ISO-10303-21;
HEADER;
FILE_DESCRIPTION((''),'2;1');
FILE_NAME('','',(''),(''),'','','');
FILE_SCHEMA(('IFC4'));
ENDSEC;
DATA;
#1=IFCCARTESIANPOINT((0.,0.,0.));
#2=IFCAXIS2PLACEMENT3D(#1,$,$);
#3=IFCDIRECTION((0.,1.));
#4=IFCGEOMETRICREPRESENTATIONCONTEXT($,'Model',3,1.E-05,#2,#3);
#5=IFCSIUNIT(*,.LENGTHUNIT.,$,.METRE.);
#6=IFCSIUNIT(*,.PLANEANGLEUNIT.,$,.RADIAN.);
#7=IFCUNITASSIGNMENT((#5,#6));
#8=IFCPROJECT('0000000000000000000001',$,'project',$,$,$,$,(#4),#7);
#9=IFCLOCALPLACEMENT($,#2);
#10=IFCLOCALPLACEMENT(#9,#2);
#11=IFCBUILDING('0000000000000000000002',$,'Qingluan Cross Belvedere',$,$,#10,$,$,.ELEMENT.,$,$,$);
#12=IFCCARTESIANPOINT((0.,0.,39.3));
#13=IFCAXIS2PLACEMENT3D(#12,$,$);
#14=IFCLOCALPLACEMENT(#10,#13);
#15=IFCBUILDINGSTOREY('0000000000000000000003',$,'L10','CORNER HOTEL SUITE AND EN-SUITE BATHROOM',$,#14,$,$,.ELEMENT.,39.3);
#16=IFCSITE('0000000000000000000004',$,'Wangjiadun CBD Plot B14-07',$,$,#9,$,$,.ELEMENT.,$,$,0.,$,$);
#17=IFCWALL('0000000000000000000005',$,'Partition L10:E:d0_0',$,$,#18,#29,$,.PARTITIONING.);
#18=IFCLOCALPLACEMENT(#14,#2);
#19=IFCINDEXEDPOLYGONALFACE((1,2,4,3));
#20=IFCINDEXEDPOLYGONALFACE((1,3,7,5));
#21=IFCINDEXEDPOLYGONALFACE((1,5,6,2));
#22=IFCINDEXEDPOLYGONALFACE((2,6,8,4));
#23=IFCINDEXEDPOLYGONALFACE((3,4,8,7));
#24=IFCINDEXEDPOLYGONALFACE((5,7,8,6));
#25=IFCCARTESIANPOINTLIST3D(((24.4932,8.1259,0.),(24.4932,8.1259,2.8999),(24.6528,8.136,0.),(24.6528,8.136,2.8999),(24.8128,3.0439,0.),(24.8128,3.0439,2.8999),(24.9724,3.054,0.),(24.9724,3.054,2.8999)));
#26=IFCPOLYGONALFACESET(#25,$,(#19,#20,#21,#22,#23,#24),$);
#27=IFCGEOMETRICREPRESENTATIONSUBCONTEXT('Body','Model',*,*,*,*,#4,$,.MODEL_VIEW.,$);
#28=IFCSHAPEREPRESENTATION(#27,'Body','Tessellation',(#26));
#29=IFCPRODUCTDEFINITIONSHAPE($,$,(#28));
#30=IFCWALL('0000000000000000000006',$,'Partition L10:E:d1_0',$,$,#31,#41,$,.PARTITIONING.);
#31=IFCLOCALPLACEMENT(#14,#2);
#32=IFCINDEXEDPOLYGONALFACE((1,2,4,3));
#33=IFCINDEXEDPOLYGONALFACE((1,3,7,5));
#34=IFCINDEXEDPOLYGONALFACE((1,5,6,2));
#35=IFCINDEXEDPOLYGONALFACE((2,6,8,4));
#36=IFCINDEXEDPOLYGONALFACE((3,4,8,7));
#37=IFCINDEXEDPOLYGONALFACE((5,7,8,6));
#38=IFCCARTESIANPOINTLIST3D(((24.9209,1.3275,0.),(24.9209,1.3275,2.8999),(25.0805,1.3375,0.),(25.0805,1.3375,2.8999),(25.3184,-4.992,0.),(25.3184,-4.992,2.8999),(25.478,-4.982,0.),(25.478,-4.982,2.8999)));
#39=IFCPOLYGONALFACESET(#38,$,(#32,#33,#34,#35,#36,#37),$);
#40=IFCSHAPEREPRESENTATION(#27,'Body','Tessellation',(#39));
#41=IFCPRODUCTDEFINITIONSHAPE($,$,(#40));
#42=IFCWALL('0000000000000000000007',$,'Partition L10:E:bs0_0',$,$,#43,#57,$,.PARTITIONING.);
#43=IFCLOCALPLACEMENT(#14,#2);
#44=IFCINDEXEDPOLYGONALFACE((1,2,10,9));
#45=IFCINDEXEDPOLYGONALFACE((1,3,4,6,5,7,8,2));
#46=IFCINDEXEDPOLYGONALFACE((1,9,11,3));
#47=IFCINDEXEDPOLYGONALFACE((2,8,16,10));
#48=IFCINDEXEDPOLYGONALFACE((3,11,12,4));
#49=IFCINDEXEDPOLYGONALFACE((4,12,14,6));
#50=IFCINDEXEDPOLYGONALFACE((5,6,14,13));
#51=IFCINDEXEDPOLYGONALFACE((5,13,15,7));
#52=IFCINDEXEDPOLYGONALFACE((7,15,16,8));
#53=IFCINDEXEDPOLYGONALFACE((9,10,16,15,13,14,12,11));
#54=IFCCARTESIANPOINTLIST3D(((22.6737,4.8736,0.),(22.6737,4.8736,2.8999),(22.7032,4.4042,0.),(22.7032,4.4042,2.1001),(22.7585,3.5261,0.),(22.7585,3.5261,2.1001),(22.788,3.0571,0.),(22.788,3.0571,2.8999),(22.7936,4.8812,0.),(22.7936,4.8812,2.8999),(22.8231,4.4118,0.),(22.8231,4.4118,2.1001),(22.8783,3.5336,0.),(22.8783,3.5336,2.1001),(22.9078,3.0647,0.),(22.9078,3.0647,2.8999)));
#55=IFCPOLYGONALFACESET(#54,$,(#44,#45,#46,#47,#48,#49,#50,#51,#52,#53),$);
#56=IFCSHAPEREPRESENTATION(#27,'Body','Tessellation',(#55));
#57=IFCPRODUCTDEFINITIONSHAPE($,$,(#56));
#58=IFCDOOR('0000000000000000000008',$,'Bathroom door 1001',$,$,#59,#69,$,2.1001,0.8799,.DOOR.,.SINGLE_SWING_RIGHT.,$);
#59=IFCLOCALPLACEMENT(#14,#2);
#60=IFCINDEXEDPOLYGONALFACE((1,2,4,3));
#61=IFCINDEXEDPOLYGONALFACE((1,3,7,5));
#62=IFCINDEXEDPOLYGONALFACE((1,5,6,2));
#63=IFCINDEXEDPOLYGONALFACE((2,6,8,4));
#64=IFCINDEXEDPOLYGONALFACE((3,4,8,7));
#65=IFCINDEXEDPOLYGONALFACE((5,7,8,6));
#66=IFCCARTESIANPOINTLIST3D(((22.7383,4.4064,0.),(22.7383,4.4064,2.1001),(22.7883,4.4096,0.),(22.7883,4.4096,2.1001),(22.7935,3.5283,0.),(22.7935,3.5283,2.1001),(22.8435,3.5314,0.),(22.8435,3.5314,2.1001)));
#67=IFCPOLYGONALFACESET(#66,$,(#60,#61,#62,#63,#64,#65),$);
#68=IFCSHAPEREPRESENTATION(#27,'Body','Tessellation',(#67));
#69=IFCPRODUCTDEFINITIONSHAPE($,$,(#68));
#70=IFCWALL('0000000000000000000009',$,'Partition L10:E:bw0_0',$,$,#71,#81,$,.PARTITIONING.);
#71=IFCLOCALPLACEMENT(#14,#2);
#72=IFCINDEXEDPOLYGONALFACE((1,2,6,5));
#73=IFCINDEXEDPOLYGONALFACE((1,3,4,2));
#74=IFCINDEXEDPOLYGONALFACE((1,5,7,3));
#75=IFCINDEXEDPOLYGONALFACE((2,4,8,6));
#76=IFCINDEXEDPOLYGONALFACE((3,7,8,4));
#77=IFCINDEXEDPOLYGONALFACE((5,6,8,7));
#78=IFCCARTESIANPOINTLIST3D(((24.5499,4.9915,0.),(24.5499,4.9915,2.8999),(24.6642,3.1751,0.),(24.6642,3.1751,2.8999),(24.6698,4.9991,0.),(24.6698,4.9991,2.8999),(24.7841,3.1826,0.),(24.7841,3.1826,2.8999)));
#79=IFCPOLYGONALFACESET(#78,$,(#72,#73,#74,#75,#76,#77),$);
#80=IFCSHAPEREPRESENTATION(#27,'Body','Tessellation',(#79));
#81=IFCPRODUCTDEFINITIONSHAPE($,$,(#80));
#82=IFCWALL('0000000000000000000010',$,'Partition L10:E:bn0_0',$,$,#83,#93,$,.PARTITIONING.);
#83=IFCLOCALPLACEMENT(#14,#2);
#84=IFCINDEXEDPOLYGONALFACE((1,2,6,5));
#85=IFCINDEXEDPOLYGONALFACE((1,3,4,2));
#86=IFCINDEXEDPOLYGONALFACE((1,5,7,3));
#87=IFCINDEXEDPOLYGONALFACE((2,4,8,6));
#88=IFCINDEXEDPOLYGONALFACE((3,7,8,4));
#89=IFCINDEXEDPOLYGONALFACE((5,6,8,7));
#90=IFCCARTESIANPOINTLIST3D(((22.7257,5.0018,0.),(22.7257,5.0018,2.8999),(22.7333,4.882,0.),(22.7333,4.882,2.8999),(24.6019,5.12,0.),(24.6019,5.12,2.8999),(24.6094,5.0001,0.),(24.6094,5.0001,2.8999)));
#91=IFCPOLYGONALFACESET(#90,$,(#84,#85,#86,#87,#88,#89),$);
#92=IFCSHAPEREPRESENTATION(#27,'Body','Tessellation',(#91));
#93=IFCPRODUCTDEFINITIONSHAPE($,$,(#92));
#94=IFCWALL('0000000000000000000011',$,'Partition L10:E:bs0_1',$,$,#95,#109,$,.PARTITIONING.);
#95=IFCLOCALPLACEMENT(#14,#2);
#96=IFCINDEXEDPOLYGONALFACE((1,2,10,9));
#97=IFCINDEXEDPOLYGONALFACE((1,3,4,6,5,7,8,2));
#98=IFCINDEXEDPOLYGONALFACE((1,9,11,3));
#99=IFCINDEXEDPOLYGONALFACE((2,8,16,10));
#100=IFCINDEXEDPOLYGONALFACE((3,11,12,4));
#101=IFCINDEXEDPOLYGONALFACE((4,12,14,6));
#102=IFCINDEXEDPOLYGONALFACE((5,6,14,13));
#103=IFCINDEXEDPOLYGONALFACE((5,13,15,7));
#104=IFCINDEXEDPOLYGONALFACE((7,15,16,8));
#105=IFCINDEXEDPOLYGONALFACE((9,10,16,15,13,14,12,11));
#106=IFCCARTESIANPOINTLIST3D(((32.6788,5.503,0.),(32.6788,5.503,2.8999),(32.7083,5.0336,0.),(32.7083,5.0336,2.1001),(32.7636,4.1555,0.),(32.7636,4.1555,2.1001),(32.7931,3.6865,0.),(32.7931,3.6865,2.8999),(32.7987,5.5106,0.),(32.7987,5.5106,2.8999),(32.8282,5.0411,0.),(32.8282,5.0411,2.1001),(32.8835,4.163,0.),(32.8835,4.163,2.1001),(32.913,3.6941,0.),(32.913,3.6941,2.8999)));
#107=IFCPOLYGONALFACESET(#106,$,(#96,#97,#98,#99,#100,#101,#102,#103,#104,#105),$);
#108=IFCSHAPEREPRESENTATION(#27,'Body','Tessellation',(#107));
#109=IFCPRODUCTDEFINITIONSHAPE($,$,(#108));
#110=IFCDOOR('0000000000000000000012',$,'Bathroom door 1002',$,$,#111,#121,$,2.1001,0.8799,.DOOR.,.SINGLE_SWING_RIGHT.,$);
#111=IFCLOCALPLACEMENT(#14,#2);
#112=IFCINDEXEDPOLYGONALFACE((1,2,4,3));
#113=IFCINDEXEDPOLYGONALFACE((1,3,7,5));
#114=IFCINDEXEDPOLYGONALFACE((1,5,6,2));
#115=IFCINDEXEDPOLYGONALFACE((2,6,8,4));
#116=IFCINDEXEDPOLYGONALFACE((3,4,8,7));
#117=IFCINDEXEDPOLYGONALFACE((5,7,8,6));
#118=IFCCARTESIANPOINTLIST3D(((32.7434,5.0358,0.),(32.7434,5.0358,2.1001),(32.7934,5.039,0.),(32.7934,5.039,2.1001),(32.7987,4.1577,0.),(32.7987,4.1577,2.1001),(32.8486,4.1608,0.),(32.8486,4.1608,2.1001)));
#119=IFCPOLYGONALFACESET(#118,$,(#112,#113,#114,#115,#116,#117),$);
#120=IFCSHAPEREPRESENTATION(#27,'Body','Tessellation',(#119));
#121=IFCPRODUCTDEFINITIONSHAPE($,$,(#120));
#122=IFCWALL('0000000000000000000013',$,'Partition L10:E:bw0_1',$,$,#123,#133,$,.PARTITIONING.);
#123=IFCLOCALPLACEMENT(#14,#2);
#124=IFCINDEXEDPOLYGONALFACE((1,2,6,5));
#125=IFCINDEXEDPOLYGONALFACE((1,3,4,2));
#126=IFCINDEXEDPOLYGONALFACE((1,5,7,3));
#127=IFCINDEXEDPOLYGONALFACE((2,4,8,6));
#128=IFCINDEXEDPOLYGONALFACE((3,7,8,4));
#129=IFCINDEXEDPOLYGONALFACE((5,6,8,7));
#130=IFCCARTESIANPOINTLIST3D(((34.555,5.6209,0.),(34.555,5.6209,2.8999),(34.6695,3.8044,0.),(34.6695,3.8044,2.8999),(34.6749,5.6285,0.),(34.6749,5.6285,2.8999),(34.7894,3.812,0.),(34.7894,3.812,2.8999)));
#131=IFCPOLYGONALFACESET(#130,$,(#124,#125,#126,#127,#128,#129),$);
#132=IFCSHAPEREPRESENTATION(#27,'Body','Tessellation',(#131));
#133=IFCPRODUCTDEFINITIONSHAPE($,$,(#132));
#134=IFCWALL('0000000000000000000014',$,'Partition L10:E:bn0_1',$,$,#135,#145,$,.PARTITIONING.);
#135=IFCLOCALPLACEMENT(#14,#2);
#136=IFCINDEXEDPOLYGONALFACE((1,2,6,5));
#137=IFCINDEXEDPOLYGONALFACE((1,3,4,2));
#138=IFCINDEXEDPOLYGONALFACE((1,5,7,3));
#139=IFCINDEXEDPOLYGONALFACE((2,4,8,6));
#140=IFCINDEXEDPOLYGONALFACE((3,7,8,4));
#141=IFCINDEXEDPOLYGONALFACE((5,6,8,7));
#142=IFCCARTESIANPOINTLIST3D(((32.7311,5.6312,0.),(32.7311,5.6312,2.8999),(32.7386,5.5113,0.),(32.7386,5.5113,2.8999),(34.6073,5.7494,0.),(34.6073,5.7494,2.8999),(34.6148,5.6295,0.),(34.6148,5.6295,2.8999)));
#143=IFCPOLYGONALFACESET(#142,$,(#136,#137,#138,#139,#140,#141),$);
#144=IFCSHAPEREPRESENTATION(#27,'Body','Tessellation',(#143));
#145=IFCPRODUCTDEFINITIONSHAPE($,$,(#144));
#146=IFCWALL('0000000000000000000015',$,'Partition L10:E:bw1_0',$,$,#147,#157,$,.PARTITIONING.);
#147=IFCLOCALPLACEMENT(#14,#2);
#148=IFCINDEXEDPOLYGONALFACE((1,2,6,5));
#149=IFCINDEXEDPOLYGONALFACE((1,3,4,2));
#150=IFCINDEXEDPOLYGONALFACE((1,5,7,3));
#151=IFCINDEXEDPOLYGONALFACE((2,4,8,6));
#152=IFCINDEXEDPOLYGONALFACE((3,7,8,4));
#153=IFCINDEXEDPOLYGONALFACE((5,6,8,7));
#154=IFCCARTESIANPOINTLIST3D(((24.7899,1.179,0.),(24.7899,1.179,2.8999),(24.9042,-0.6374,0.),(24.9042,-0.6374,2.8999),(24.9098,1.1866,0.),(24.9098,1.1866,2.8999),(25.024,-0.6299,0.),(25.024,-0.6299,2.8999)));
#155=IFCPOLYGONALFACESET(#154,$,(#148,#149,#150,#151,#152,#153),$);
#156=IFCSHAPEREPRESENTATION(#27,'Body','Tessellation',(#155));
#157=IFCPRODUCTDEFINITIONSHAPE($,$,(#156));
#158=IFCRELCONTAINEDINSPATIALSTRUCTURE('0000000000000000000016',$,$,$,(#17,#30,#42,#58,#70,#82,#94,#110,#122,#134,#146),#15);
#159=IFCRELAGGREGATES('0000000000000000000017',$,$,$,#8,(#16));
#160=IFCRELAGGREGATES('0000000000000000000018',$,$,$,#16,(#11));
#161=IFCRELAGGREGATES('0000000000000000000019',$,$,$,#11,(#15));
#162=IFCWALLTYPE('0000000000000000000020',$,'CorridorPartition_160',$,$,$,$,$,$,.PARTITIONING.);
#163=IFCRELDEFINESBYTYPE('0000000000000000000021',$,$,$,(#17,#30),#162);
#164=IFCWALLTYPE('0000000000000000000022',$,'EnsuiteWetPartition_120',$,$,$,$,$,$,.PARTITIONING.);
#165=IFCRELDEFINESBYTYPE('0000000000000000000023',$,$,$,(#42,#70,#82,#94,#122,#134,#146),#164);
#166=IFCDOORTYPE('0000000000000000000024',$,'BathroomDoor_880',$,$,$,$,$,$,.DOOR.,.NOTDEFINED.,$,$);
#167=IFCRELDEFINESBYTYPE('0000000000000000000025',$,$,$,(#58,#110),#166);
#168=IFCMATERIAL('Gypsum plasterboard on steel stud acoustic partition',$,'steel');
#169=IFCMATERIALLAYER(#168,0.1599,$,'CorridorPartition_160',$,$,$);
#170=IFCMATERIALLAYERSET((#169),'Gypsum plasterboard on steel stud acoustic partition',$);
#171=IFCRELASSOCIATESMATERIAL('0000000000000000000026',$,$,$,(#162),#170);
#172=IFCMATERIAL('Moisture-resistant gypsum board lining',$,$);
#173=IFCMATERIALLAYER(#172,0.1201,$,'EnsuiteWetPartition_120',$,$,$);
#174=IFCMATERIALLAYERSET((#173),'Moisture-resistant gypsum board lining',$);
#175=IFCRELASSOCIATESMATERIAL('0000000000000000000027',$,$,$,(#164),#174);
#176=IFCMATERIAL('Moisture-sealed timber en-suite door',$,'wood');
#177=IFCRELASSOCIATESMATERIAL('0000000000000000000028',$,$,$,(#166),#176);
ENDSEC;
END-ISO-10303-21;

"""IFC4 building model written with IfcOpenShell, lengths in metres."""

from ifc_helpers import new_model, si_unit, direction, frame, frame_2d, origin, place, context, subcontext, project, spatial, rectangle, extrude, material, layer, layer_set, type_object, element, fill, save


model = new_model("IFC4")

# Units and contexts
model_context = context("Model", 3, precision=1e-05, world=origin(), true_north=direction((0.0, 1.0)))
body_context = subcontext(model_context, "Body", "Model", "MODEL_VIEW")
ifc_project = project(units=[si_unit("LENGTHUNIT", "METRE"), si_unit("PLANEANGLEUNIT", "RADIAN")], contexts=[model_context])

# Site, building, storey
site_placement = place(None, origin())
site = spatial("IfcSite", under=ifc_project, at=site_placement, Name="Wangjiadun CBD Plot B14-07", CompositionType="ELEMENT", RefElevation=0.0)
building_placement = place(site_placement, origin())
building = spatial("IfcBuilding", under=site, at=building_placement, Name="Qingluan Cross Belvedere", CompositionType="ELEMENT")
storey_placement = place(building_placement, frame((0.0, 0.0, 39.3)))
storey = spatial("IfcBuildingStorey", under=building, at=storey_placement, Name="L10", Description="CORNER HOTEL SUITE AND EN-SUITE BATHROOM", CompositionType="ELEMENT", Elevation=39.3)

# Walls
ifc_material_1 = material(Name="Gypsum plasterboard on steel stud acoustic partition", Category="steel")
ifc_layer_1 = layer(ifc_material_1, 0.1599, Name="CorridorPartition_160")
ifc_layer_set_1 = layer_set([ifc_layer_1], Name="Gypsum plasterboard on steel stud acoustic partition")
wall_type_1 = type_object("IfcWallType", Name="CorridorPartition_160", PredefinedType="PARTITIONING", material=ifc_layer_set_1)
wall_1_placement = place(storey_placement, frame((24.8926, 3.0491, 0.0), z_axis=(0.0, 0.0, 1.0), x_axis=(-0.06276, 0.998029, 0.0)))
element("IfcWall", 1, at=wall_1_placement, inside=storey, type_object=wall_type_1, Name="Partition L10:E:d0_0", PredefinedType="PARTITIONING", context=body_context, shape_type="SweptSolid", body=[
    extrude(rectangle(XDim=5.092, YDim=0.1599, at=frame_2d((2.5459, 0.0))), origin(), (0.0, 0.0, 1.0), 2.8999),
])
wall_2_placement = place(storey_placement, frame((25.0007, 1.3325, 0.0), z_axis=(0.0, 0.0, 1.0), x_axis=(0.06277, -0.998028, 0.0)))
element("IfcWall", 2, at=wall_2_placement, inside=storey, type_object=wall_type_1, Name="Partition L10:E:d1_0", PredefinedType="PARTITIONING", context=body_context, shape_type="SweptSolid", body=[
    extrude(rectangle(XDim=6.332, YDim=0.1599, at=frame_2d((3.166, 0.0))), origin(), (0.0, 0.0, 1.0), 2.8999),
])

# Wall, opening, door
ifc_material_2 = material(Name="Moisture-resistant gypsum board lining")
ifc_layer_2 = layer(ifc_material_2, 0.1201, Name="EnsuiteWetPartition_120")
ifc_layer_set_2 = layer_set([ifc_layer_2], Name="Moisture-resistant gypsum board lining")
wall_type_2 = type_object("IfcWallType", Name="EnsuiteWetPartition_120", PredefinedType="PARTITIONING", material=ifc_layer_set_2)
wall_3_placement = place(storey_placement, frame((22.8479, 3.0608, 0.0), z_axis=(0.0, 0.0, 1.0), x_axis=(-0.062779, 0.998027, 0.0)))
wall_3 = element("IfcWall", 3, at=wall_3_placement, inside=storey, type_object=wall_type_2, Name="Partition L10:E:bs0_0", PredefinedType="PARTITIONING", context=body_context, shape_type="SweptSolid", body=[
    extrude(rectangle(XDim=1.8201, YDim=0.1201, at=frame_2d((0.9102, 0.0))), origin(), (0.0, 0.0, 1.0), 2.8999),
])
opening_1_placement = place(wall_3_placement, frame((0.47, 0.0, 0.0)))
opening_1 = element("IfcOpeningElement", 4, at=opening_1_placement, cuts=wall_3, PredefinedType="OPENING", context=body_context, shape_type="SweptSolid", body=[
    extrude(rectangle(XDim=0.8799, YDim=2.1001, at=frame_2d((0.4399, 1.05))), frame((0.0, 0.0701, 0.0), z_axis=(0.0, -1.0, 0.0), x_axis=(1.0, 0.0, 0.0)), (0.0, 0.0, 1.0), 0.1401),
])
ifc_material_3 = material(Name="Moisture-sealed timber en-suite door", Category="wood")
door_type = type_object("IfcDoorType", Name="BathroomDoor_880", OperationType="NOTDEFINED", PredefinedType="DOOR", material=ifc_material_3)
door_1_placement = place(opening_1_placement, origin())
door_1 = element("IfcDoor", 5, at=door_1_placement, inside=storey, type_object=door_type, Name="Bathroom door 1001", OperationType="SINGLE_SWING_RIGHT", OverallHeight=2.1001, OverallWidth=0.8799, PredefinedType="DOOR", context=body_context, shape_type="SweptSolid", body=[
    extrude(rectangle(XDim=0.8799, YDim=2.1001, at=frame_2d((0.4399, 1.05))), frame((0.0, 0.0249, 0.0), z_axis=(0.0, -1.0, 0.0), x_axis=(1.0, 0.0, 0.0)), (0.0, 0.0, 1.0), 0.05),
])
fill(opening_1, door_1)

# Walls
wall_4_placement = place(storey_placement, frame((24.7241, 3.1787, 0.0), z_axis=(0.0, 0.0, 1.0), x_axis=(-0.062779, 0.998027, 0.0)))
element("IfcWall", 6, at=wall_4_placement, inside=storey, type_object=wall_type_2, Name="Partition L10:E:bw0_0", PredefinedType="PARTITIONING", context=body_context, shape_type="SweptSolid", body=[
    extrude(rectangle(XDim=1.8201, YDim=0.1201, at=frame_2d((0.9102, 0.0))), origin(), (0.0, 0.0, 1.0), 2.8999),
])
wall_5_placement = place(storey_placement, frame((22.7295, 4.9419, 0.0), z_axis=(0.0, 0.0, 1.0), x_axis=(0.998023, 0.062855, 0.0)))
element("IfcWall", 7, at=wall_5_placement, inside=storey, type_object=wall_type_2, Name="Partition L10:E:bn0_0", PredefinedType="PARTITIONING", context=body_context, shape_type="SweptSolid", body=[
    extrude(rectangle(XDim=1.8799, YDim=0.1201, at=frame_2d((0.9399, 0.0))), origin(), (0.0, 0.0, 1.0), 2.8999),
])

# Wall, opening, door
wall_6_placement = place(storey_placement, frame((32.853, 3.6902, 0.0), z_axis=(0.0, 0.0, 1.0), x_axis=(-0.062779, 0.998027, 0.0)))
wall_6 = element("IfcWall", 8, at=wall_6_placement, inside=storey, type_object=wall_type_2, Name="Partition L10:E:bs0_1", PredefinedType="PARTITIONING", context=body_context, shape_type="SweptSolid", body=[
    extrude(rectangle(XDim=1.8201, YDim=0.1201, at=frame_2d((0.9102, 0.0))), origin(), (0.0, 0.0, 1.0), 2.8999),
])
opening_2_placement = place(wall_6_placement, frame((0.47, 0.0, 0.0)))
opening_2 = element("IfcOpeningElement", 9, at=opening_2_placement, cuts=wall_6, PredefinedType="OPENING", context=body_context, shape_type="SweptSolid", body=[
    extrude(rectangle(XDim=0.8799, YDim=2.1001, at=frame_2d((0.4399, 1.05))), frame((0.0, 0.0701, 0.0), z_axis=(0.0, -1.0, 0.0), x_axis=(1.0, 0.0, 0.0)), (0.0, 0.0, 1.0), 0.1401),
])
door_2_placement = place(opening_2_placement, origin())
door_2 = element("IfcDoor", 10, at=door_2_placement, inside=storey, type_object=door_type, Name="Bathroom door 1002", OperationType="SINGLE_SWING_RIGHT", OverallHeight=2.1001, OverallWidth=0.8799, PredefinedType="DOOR", context=body_context, shape_type="SweptSolid", body=[
    extrude(rectangle(XDim=0.8799, YDim=2.1001, at=frame_2d((0.4399, 1.05))), frame((0.0, 0.0249, 0.0), z_axis=(0.0, -1.0, 0.0), x_axis=(1.0, 0.0, 0.0)), (0.0, 0.0, 1.0), 0.05),
])
fill(opening_2, door_2)

# Walls
wall_7_placement = place(storey_placement, frame((34.7295, 3.8081, 0.0), z_axis=(0.0, 0.0, 1.0), x_axis=(-0.062913, 0.998019, 0.0)))
element("IfcWall", 11, at=wall_7_placement, inside=storey, type_object=wall_type_2, Name="Partition L10:E:bw0_1", PredefinedType="PARTITIONING", context=body_context, shape_type="SweptSolid", body=[
    extrude(rectangle(XDim=1.8201, YDim=0.1201, at=frame_2d((0.9102, 0.0))), origin(), (0.0, 0.0, 1.0), 2.8999),
])
wall_8_placement = place(storey_placement, frame((32.7349, 5.5713, 0.0), z_axis=(0.0, 0.0, 1.0), x_axis=(0.998023, 0.062855, 0.0)))
element("IfcWall", 12, at=wall_8_placement, inside=storey, type_object=wall_type_2, Name="Partition L10:E:bn0_1", PredefinedType="PARTITIONING", context=body_context, shape_type="SweptSolid", body=[
    extrude(rectangle(XDim=1.8799, YDim=0.1201, at=frame_2d((0.9399, 0.0))), origin(), (0.0, 0.0, 1.0), 2.8999),
])
wall_9_placement = place(storey_placement, frame((24.9641, -0.6338, 0.0), z_axis=(0.0, 0.0, 1.0), x_axis=(-0.062779, 0.998027, 0.0)))
element("IfcWall", 13, at=wall_9_placement, inside=storey, type_object=wall_type_2, Name="Partition L10:E:bw1_0", PredefinedType="PARTITIONING", context=body_context, shape_type="SweptSolid", body=[
    extrude(rectangle(XDim=1.8201, YDim=0.1201, at=frame_2d((0.9102, 0.0))), origin(), (0.0, 0.0, 1.0), 2.8999),
])

save(model, "model.ifc")
